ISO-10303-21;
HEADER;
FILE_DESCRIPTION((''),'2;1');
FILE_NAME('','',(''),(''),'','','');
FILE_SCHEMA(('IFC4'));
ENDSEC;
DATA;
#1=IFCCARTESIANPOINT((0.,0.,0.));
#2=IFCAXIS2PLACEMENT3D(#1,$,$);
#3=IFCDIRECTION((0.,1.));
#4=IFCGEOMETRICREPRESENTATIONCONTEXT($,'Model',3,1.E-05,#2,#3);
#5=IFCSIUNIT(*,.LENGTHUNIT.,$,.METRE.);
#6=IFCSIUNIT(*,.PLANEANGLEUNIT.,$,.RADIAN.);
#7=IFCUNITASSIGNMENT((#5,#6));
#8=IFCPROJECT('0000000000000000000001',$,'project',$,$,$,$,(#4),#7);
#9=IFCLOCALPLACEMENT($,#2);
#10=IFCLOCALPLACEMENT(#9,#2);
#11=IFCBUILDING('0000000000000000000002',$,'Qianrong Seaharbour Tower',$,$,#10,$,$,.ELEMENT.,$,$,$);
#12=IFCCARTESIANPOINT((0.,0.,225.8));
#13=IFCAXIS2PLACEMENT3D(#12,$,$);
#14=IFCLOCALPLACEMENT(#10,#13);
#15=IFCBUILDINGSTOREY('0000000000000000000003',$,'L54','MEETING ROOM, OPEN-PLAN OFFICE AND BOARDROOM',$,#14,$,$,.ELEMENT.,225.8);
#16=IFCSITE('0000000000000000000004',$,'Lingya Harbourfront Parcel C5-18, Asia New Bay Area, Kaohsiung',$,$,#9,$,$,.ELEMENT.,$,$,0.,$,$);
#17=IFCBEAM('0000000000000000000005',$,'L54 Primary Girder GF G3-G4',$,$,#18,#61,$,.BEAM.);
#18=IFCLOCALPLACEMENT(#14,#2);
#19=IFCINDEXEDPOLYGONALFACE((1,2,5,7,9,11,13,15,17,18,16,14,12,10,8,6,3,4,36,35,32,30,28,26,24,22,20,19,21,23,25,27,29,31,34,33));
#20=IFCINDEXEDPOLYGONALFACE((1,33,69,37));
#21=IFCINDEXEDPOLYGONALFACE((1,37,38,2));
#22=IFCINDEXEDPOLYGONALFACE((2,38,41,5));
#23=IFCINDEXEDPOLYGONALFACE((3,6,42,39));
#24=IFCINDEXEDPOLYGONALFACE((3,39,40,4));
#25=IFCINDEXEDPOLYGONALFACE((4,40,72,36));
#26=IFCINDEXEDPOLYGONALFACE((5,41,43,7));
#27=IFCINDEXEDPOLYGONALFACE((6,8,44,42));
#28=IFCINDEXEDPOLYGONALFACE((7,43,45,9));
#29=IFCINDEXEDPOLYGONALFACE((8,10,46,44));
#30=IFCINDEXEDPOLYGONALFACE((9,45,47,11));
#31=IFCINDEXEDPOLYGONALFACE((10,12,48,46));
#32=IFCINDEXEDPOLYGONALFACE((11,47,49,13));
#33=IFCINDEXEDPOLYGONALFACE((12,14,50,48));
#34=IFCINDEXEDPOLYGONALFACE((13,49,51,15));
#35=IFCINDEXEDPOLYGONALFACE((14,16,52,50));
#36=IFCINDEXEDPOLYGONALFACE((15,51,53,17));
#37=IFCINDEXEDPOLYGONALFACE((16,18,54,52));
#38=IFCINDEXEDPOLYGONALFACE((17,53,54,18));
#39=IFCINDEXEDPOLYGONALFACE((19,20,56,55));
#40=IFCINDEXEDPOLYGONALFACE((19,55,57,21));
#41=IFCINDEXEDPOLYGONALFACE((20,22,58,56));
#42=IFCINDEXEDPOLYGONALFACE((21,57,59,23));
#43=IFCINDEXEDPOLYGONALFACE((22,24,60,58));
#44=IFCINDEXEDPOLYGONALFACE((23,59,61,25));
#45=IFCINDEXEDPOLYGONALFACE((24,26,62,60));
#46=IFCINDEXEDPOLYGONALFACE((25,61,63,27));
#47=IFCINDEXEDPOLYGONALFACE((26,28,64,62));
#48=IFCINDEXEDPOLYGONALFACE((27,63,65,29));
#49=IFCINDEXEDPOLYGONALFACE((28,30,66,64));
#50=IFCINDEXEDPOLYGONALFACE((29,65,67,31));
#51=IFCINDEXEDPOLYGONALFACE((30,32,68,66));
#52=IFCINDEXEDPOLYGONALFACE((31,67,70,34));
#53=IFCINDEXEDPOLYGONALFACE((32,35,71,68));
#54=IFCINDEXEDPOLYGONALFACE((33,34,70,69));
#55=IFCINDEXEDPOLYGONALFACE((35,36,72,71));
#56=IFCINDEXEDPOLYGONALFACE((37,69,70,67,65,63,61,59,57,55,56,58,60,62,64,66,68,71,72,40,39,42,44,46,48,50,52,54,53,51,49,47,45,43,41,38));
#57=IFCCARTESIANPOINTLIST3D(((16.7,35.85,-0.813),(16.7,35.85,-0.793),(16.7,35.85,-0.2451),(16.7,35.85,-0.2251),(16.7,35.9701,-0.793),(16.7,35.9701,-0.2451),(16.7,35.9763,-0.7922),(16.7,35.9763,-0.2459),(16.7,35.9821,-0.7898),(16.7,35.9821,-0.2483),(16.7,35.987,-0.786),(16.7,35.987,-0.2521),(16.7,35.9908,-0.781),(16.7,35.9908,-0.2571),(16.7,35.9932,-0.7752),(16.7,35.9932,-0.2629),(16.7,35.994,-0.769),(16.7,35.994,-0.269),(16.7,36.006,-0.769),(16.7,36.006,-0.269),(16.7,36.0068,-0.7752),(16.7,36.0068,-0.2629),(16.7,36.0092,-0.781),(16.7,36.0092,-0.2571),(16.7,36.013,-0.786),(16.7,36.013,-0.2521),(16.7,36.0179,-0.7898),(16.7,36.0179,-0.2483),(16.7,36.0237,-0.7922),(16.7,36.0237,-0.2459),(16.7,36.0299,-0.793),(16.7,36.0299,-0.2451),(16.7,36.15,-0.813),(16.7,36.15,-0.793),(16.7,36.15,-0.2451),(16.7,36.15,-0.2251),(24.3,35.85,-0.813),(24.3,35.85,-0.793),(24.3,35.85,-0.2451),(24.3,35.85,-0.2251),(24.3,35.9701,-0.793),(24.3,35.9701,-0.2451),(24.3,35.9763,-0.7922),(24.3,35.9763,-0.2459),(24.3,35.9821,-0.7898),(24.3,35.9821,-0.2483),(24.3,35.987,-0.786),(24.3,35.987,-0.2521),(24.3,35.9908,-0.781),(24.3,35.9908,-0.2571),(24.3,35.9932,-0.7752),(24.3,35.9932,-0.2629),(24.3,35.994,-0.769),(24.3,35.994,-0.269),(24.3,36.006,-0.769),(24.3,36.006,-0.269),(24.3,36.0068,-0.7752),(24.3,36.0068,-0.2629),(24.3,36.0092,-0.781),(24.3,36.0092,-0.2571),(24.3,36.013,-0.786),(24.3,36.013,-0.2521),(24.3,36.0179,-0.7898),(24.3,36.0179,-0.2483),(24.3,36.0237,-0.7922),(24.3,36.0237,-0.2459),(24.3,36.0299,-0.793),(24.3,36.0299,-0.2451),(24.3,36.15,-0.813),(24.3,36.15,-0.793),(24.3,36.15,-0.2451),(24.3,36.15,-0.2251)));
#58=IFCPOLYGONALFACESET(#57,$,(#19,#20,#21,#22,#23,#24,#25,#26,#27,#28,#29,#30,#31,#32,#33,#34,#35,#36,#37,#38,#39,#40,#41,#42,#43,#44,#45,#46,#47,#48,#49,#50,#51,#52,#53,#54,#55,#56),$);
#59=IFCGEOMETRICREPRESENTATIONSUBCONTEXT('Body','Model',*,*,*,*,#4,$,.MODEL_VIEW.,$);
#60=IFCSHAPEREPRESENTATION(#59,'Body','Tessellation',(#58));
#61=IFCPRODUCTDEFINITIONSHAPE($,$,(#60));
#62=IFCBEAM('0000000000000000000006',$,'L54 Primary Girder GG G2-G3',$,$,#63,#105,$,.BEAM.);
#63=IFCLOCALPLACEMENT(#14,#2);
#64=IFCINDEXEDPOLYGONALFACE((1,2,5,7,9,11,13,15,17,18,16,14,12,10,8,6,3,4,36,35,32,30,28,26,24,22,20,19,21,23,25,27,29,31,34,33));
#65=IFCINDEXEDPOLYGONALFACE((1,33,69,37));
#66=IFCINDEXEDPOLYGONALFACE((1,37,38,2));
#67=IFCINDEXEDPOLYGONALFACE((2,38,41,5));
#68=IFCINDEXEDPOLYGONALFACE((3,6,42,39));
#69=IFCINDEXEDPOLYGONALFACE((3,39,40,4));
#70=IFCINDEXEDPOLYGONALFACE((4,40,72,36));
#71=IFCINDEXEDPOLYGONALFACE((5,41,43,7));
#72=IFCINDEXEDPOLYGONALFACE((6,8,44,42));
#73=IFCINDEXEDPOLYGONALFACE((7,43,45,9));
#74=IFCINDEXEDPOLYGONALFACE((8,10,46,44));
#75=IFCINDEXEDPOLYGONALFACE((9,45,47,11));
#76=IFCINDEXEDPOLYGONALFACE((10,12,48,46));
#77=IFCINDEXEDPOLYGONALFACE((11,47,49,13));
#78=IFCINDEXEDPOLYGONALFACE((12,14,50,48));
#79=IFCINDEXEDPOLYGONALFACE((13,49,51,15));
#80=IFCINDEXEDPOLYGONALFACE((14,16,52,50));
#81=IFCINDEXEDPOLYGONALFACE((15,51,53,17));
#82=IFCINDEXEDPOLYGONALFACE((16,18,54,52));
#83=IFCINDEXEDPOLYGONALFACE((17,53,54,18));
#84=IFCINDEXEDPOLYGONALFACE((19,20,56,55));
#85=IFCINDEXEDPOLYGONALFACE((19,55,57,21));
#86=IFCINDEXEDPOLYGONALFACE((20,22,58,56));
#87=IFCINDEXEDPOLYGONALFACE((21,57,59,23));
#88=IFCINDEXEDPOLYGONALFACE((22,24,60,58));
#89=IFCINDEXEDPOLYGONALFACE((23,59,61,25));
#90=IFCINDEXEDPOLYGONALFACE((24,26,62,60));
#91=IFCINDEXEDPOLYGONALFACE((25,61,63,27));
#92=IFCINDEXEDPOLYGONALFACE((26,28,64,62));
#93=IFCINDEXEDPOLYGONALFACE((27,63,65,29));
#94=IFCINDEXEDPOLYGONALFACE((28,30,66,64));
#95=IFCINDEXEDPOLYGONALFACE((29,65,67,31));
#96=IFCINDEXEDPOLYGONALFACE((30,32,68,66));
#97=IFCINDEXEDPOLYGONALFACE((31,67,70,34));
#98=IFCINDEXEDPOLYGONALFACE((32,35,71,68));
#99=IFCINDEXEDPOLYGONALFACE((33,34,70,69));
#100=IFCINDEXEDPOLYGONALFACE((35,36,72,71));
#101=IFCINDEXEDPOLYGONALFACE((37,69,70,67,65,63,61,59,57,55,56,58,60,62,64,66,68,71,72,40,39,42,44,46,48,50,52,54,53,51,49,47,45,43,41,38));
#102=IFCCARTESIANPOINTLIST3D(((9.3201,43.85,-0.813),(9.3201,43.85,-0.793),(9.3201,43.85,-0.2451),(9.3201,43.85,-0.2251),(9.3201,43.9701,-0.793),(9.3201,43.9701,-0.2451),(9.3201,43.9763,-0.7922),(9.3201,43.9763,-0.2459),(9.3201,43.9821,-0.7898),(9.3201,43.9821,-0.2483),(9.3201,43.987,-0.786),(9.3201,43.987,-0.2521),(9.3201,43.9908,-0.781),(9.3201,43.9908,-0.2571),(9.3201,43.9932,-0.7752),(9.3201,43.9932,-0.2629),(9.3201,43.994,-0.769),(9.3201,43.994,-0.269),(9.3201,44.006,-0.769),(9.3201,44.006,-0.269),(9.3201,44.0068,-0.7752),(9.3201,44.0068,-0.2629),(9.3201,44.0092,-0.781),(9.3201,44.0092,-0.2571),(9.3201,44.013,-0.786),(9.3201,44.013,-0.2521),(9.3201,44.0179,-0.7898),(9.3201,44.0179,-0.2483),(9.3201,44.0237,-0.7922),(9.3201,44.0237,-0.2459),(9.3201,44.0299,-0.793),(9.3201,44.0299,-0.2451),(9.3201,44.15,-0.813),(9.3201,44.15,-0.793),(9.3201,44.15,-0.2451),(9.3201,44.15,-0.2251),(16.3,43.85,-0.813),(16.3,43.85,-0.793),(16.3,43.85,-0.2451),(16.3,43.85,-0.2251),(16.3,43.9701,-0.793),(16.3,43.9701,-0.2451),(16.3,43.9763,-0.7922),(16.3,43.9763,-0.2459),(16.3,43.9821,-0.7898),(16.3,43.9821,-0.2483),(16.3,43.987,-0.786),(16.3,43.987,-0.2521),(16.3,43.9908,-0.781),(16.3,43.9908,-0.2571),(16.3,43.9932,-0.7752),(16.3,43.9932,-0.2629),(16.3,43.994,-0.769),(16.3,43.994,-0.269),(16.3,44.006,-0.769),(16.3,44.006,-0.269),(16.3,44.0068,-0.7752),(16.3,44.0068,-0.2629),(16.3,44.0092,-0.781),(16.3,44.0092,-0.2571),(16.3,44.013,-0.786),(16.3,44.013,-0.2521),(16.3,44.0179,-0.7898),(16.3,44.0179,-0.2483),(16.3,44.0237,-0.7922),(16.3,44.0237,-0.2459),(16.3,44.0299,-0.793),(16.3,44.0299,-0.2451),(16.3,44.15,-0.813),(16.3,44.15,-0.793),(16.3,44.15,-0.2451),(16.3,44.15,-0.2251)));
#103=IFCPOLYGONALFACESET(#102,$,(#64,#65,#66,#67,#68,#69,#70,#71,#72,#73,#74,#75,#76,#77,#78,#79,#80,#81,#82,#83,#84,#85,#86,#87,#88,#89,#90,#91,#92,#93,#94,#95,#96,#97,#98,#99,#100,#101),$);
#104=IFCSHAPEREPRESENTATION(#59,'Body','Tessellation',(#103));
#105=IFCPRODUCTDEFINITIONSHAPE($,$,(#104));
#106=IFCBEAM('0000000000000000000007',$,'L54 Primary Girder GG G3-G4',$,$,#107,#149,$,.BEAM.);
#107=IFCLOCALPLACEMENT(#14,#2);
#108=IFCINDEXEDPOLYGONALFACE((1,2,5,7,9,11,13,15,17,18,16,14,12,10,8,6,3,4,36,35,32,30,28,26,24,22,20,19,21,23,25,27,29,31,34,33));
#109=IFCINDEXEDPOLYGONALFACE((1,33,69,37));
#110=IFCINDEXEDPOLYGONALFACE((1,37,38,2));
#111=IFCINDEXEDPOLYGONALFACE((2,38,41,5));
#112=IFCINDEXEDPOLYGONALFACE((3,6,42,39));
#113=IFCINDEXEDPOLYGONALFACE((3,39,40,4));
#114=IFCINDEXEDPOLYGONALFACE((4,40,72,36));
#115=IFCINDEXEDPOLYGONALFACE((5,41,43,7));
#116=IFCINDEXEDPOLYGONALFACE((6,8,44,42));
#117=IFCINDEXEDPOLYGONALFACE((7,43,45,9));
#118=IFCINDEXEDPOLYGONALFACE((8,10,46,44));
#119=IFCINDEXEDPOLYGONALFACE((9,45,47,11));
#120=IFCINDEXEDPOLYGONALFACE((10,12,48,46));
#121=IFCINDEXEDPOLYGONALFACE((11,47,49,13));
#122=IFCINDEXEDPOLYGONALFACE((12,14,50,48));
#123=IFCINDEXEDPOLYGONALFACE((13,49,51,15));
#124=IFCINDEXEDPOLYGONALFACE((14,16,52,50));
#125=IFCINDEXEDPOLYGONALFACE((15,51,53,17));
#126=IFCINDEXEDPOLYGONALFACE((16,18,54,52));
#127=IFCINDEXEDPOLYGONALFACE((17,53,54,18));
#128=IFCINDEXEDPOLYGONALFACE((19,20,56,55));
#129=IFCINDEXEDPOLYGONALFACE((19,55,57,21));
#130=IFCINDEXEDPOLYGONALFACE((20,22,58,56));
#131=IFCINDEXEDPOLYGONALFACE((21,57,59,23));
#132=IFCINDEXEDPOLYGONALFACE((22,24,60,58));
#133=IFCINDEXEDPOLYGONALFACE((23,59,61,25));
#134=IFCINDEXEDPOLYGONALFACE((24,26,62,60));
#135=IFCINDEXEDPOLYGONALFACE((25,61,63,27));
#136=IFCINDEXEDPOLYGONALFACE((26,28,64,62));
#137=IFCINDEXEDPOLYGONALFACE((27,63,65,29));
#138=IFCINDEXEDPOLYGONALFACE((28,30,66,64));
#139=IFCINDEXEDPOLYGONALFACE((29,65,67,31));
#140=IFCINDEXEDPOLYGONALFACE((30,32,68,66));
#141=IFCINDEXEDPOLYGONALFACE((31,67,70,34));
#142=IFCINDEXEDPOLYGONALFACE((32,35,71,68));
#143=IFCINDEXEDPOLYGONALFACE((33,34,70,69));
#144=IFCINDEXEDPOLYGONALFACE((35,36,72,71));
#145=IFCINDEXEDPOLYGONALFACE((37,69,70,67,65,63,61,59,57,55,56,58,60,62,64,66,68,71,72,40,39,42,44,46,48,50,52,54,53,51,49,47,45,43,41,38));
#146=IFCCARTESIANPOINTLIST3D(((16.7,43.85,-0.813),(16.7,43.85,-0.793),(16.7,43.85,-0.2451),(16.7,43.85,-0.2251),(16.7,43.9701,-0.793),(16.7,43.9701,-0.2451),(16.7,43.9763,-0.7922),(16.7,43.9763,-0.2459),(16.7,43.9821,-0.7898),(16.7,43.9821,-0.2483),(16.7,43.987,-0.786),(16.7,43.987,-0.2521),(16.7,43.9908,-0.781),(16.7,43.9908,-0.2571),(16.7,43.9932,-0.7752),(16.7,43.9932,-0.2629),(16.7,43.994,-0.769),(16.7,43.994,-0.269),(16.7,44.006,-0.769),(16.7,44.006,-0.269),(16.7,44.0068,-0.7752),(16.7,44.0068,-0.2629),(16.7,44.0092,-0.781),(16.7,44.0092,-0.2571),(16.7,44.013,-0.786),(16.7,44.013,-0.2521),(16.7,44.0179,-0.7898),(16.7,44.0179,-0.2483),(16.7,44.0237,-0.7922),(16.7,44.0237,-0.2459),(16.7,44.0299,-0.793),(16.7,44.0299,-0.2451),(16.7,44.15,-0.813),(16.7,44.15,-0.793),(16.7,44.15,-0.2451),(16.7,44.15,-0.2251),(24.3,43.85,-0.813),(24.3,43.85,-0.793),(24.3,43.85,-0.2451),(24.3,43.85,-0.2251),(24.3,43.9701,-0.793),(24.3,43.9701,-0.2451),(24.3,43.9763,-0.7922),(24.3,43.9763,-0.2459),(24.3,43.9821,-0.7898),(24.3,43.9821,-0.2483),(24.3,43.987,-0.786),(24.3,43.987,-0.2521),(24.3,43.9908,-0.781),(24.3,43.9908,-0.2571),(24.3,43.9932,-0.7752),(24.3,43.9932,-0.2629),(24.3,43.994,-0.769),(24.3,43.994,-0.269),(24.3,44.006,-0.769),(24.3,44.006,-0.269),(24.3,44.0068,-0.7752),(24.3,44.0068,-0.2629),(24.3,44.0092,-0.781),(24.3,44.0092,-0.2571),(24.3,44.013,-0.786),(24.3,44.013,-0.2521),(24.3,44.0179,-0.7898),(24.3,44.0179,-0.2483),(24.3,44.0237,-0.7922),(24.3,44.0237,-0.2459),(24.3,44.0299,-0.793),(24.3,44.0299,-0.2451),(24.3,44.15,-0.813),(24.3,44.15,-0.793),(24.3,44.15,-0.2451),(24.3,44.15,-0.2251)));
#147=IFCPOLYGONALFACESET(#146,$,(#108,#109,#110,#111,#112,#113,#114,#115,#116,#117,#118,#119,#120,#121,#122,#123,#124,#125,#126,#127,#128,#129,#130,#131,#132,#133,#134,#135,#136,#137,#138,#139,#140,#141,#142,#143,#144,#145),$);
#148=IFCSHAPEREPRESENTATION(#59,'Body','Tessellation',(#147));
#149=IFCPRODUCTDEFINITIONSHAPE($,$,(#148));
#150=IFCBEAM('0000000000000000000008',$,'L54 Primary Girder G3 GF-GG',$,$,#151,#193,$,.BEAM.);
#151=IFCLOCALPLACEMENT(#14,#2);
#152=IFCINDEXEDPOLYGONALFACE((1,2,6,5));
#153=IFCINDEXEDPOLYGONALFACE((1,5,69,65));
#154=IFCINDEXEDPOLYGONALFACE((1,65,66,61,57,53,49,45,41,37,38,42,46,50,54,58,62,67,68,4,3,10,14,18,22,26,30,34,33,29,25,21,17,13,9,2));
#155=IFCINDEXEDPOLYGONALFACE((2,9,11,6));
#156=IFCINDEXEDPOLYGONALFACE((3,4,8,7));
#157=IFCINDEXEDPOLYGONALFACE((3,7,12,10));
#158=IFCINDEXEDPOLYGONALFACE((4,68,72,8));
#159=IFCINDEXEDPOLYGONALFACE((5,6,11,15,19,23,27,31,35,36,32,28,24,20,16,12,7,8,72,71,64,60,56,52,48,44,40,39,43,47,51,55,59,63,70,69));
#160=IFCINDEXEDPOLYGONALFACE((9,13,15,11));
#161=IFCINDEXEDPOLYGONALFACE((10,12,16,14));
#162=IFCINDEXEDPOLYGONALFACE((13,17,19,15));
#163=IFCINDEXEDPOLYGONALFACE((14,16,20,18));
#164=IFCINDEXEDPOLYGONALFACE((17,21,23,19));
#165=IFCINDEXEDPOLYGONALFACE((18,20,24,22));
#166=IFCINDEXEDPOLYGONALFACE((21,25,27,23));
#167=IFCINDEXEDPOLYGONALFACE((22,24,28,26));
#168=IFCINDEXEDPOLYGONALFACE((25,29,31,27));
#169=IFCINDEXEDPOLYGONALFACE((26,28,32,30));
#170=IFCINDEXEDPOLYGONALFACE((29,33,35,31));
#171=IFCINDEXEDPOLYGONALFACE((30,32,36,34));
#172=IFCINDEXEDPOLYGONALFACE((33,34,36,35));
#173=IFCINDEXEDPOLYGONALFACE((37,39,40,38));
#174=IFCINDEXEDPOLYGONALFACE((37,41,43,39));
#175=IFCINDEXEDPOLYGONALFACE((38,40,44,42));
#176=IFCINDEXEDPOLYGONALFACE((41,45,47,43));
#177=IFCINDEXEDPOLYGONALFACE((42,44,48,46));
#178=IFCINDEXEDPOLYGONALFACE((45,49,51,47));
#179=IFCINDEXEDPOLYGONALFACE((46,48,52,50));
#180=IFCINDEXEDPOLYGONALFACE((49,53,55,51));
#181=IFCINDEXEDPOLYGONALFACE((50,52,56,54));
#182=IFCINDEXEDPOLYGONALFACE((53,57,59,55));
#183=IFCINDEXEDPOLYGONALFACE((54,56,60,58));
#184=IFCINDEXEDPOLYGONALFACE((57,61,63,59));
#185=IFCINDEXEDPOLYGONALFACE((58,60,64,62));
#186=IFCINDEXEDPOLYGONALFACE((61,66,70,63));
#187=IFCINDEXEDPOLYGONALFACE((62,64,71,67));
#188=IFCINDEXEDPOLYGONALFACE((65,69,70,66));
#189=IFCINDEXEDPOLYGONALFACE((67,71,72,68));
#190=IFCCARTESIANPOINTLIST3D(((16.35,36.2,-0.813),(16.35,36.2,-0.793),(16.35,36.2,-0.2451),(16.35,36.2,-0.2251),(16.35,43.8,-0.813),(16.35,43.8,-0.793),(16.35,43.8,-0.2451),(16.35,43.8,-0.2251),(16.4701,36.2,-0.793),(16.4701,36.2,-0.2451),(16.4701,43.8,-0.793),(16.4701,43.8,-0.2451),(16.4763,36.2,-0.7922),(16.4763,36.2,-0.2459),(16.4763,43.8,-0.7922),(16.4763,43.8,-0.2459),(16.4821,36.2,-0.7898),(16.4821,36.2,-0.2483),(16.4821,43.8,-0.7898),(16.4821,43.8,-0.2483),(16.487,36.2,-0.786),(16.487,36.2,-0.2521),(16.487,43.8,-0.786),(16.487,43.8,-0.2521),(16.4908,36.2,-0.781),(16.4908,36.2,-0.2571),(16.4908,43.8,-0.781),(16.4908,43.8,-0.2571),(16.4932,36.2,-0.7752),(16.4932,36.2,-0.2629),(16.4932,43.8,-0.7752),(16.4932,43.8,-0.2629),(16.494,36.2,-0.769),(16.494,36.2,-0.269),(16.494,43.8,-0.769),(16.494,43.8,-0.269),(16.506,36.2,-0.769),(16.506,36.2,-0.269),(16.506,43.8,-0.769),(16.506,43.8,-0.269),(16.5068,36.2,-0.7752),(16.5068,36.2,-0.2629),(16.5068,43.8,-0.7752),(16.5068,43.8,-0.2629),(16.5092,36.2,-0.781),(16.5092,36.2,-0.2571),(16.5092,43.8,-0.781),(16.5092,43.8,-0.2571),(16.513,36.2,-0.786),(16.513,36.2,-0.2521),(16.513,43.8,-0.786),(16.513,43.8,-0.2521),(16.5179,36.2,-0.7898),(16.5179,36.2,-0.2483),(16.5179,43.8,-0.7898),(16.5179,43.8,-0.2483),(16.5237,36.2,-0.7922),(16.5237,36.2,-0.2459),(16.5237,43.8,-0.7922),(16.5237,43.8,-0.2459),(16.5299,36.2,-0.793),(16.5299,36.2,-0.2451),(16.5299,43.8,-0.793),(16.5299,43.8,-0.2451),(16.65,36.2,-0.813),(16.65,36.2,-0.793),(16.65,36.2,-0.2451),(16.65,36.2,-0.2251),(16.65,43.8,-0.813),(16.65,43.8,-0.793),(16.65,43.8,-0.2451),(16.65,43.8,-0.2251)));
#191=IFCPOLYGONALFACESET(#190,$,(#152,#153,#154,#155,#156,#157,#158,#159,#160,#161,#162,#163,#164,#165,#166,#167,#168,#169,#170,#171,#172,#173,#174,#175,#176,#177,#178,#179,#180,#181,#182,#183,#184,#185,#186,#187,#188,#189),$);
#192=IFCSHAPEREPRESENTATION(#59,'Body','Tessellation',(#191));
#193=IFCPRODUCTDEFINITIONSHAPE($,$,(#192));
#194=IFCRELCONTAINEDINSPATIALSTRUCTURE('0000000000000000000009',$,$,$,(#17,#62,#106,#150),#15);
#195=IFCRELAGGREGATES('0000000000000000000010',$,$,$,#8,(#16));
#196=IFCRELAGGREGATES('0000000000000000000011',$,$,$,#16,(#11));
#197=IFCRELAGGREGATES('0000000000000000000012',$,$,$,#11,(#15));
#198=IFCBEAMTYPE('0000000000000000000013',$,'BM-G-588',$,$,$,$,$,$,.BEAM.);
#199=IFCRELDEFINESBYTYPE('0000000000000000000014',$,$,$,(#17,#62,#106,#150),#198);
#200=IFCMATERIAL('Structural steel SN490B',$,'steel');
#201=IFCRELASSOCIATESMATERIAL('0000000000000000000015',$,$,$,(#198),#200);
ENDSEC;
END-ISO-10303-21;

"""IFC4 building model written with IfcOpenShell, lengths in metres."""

from ifc_helpers import new_model, si_unit, direction, frame, origin, origin_2d, place, context, subcontext, project, spatial, i_section, extrude, material, material_profile, profile_set, type_object, element, save


model = new_model("IFC4")

# Units and contexts
model_context = context("Model", 3, precision=1e-05, world=origin(), true_north=direction((0.0, 1.0)))
body_context = subcontext(model_context, "Body", "Model", "MODEL_VIEW")
ifc_project = project(units=[si_unit("LENGTHUNIT", "METRE"), si_unit("PLANEANGLEUNIT", "RADIAN")], contexts=[model_context])

# Site, building, storey
site_placement = place(None, origin())
site = spatial("IfcSite", under=ifc_project, at=site_placement, Name="Lingya Harbourfront Parcel C5-18, Asia New Bay Area, Kaohsiung", CompositionType="ELEMENT", RefElevation=0.0)
building_placement = place(site_placement, origin())
building = spatial("IfcBuilding", under=site, at=building_placement, Name="Qianrong Seaharbour Tower", CompositionType="ELEMENT")
storey_placement = place(building_placement, frame((0.0, 0.0, 225.8)))
storey = spatial("IfcBuildingStorey", under=building, at=storey_placement, Name="L54", Description="MEETING ROOM, OPEN-PLAN OFFICE AND BOARDROOM", CompositionType="ELEMENT", Elevation=225.8)

# Shared definitions
ifc_material_1 = material(Name="Structural steel SN490B", Category="steel")

# Beams
ifc_material_profile_1 = material_profile(ifc_material_1, i_section(OverallWidth=0.3, OverallDepth=0.5879, WebThickness=0.012, FlangeThickness=0.02, FilletRadius=0.0239, at=origin_2d()), Name="H588x300x12x20")
ifc_profile_set_1 = profile_set([ifc_material_profile_1], Name="Structural steel SN490B")
beam_type_1 = type_object("IfcBeamType", Name="BM-G-588", PredefinedType="BEAM", material=ifc_profile_set_1)
beam_1_placement = place(storey_placement, frame((16.7, 36.0, -0.519), z_axis=(1.0, 0.0, 0.0), x_axis=(0.0, 1.0, 0.0)))
element("IfcBeam", 1, at=beam_1_placement, inside=storey, type_object=beam_type_1, Name="L54 Primary Girder GF G3-G4", PredefinedType="BEAM", context=body_context, shape_type="SweptSolid", body=[
    extrude(i_section(OverallWidth=0.3, OverallDepth=0.5879, WebThickness=0.012, FlangeThickness=0.02, FilletRadius=0.0239, at=origin_2d()), origin(), (0.0, 0.0, 1.0), 7.6001),
])
beam_2_placement = place(storey_placement, frame((9.3201, 44.0, -0.519), z_axis=(1.0, 0.0, 0.0), x_axis=(0.0, 1.0, 0.0)))
element("IfcBeam", 2, at=beam_2_placement, inside=storey, type_object=beam_type_1, Name="L54 Primary Girder GG G2-G3", PredefinedType="BEAM", context=body_context, shape_type="SweptSolid", body=[
    extrude(i_section(OverallWidth=0.3, OverallDepth=0.5879, WebThickness=0.012, FlangeThickness=0.02, FilletRadius=0.0239, at=origin_2d()), origin(), (0.0, 0.0, 1.0), 6.98),
])
for number, where, z_axis, x_axis, name in (
    (3, (16.7, 44.0, -0.519), (1.0, 0.0, 0.0), (0.0, 1.0, 0.0), "L54 Primary Girder GG G3-G4"),
    (4, (16.5, 36.2, -0.519), (0.0, 1.0, 0.0), (-1.0, 0.0, 0.0), "L54 Primary Girder G3 GF-GG"),
):
    element("IfcBeam", number, at=place(storey_placement, frame(where, z_axis=z_axis, x_axis=x_axis)), inside=storey, type_object=beam_type_1, Name=name, PredefinedType="BEAM", context=body_context, shape_type="SweptSolid", body=[
        extrude(i_section(OverallWidth=0.3, OverallDepth=0.5879, WebThickness=0.012, FlangeThickness=0.02, FilletRadius=0.0239, at=origin_2d()), origin(), (0.0, 0.0, 1.0), 7.6001),
    ])

save(model, "model.ifc")
